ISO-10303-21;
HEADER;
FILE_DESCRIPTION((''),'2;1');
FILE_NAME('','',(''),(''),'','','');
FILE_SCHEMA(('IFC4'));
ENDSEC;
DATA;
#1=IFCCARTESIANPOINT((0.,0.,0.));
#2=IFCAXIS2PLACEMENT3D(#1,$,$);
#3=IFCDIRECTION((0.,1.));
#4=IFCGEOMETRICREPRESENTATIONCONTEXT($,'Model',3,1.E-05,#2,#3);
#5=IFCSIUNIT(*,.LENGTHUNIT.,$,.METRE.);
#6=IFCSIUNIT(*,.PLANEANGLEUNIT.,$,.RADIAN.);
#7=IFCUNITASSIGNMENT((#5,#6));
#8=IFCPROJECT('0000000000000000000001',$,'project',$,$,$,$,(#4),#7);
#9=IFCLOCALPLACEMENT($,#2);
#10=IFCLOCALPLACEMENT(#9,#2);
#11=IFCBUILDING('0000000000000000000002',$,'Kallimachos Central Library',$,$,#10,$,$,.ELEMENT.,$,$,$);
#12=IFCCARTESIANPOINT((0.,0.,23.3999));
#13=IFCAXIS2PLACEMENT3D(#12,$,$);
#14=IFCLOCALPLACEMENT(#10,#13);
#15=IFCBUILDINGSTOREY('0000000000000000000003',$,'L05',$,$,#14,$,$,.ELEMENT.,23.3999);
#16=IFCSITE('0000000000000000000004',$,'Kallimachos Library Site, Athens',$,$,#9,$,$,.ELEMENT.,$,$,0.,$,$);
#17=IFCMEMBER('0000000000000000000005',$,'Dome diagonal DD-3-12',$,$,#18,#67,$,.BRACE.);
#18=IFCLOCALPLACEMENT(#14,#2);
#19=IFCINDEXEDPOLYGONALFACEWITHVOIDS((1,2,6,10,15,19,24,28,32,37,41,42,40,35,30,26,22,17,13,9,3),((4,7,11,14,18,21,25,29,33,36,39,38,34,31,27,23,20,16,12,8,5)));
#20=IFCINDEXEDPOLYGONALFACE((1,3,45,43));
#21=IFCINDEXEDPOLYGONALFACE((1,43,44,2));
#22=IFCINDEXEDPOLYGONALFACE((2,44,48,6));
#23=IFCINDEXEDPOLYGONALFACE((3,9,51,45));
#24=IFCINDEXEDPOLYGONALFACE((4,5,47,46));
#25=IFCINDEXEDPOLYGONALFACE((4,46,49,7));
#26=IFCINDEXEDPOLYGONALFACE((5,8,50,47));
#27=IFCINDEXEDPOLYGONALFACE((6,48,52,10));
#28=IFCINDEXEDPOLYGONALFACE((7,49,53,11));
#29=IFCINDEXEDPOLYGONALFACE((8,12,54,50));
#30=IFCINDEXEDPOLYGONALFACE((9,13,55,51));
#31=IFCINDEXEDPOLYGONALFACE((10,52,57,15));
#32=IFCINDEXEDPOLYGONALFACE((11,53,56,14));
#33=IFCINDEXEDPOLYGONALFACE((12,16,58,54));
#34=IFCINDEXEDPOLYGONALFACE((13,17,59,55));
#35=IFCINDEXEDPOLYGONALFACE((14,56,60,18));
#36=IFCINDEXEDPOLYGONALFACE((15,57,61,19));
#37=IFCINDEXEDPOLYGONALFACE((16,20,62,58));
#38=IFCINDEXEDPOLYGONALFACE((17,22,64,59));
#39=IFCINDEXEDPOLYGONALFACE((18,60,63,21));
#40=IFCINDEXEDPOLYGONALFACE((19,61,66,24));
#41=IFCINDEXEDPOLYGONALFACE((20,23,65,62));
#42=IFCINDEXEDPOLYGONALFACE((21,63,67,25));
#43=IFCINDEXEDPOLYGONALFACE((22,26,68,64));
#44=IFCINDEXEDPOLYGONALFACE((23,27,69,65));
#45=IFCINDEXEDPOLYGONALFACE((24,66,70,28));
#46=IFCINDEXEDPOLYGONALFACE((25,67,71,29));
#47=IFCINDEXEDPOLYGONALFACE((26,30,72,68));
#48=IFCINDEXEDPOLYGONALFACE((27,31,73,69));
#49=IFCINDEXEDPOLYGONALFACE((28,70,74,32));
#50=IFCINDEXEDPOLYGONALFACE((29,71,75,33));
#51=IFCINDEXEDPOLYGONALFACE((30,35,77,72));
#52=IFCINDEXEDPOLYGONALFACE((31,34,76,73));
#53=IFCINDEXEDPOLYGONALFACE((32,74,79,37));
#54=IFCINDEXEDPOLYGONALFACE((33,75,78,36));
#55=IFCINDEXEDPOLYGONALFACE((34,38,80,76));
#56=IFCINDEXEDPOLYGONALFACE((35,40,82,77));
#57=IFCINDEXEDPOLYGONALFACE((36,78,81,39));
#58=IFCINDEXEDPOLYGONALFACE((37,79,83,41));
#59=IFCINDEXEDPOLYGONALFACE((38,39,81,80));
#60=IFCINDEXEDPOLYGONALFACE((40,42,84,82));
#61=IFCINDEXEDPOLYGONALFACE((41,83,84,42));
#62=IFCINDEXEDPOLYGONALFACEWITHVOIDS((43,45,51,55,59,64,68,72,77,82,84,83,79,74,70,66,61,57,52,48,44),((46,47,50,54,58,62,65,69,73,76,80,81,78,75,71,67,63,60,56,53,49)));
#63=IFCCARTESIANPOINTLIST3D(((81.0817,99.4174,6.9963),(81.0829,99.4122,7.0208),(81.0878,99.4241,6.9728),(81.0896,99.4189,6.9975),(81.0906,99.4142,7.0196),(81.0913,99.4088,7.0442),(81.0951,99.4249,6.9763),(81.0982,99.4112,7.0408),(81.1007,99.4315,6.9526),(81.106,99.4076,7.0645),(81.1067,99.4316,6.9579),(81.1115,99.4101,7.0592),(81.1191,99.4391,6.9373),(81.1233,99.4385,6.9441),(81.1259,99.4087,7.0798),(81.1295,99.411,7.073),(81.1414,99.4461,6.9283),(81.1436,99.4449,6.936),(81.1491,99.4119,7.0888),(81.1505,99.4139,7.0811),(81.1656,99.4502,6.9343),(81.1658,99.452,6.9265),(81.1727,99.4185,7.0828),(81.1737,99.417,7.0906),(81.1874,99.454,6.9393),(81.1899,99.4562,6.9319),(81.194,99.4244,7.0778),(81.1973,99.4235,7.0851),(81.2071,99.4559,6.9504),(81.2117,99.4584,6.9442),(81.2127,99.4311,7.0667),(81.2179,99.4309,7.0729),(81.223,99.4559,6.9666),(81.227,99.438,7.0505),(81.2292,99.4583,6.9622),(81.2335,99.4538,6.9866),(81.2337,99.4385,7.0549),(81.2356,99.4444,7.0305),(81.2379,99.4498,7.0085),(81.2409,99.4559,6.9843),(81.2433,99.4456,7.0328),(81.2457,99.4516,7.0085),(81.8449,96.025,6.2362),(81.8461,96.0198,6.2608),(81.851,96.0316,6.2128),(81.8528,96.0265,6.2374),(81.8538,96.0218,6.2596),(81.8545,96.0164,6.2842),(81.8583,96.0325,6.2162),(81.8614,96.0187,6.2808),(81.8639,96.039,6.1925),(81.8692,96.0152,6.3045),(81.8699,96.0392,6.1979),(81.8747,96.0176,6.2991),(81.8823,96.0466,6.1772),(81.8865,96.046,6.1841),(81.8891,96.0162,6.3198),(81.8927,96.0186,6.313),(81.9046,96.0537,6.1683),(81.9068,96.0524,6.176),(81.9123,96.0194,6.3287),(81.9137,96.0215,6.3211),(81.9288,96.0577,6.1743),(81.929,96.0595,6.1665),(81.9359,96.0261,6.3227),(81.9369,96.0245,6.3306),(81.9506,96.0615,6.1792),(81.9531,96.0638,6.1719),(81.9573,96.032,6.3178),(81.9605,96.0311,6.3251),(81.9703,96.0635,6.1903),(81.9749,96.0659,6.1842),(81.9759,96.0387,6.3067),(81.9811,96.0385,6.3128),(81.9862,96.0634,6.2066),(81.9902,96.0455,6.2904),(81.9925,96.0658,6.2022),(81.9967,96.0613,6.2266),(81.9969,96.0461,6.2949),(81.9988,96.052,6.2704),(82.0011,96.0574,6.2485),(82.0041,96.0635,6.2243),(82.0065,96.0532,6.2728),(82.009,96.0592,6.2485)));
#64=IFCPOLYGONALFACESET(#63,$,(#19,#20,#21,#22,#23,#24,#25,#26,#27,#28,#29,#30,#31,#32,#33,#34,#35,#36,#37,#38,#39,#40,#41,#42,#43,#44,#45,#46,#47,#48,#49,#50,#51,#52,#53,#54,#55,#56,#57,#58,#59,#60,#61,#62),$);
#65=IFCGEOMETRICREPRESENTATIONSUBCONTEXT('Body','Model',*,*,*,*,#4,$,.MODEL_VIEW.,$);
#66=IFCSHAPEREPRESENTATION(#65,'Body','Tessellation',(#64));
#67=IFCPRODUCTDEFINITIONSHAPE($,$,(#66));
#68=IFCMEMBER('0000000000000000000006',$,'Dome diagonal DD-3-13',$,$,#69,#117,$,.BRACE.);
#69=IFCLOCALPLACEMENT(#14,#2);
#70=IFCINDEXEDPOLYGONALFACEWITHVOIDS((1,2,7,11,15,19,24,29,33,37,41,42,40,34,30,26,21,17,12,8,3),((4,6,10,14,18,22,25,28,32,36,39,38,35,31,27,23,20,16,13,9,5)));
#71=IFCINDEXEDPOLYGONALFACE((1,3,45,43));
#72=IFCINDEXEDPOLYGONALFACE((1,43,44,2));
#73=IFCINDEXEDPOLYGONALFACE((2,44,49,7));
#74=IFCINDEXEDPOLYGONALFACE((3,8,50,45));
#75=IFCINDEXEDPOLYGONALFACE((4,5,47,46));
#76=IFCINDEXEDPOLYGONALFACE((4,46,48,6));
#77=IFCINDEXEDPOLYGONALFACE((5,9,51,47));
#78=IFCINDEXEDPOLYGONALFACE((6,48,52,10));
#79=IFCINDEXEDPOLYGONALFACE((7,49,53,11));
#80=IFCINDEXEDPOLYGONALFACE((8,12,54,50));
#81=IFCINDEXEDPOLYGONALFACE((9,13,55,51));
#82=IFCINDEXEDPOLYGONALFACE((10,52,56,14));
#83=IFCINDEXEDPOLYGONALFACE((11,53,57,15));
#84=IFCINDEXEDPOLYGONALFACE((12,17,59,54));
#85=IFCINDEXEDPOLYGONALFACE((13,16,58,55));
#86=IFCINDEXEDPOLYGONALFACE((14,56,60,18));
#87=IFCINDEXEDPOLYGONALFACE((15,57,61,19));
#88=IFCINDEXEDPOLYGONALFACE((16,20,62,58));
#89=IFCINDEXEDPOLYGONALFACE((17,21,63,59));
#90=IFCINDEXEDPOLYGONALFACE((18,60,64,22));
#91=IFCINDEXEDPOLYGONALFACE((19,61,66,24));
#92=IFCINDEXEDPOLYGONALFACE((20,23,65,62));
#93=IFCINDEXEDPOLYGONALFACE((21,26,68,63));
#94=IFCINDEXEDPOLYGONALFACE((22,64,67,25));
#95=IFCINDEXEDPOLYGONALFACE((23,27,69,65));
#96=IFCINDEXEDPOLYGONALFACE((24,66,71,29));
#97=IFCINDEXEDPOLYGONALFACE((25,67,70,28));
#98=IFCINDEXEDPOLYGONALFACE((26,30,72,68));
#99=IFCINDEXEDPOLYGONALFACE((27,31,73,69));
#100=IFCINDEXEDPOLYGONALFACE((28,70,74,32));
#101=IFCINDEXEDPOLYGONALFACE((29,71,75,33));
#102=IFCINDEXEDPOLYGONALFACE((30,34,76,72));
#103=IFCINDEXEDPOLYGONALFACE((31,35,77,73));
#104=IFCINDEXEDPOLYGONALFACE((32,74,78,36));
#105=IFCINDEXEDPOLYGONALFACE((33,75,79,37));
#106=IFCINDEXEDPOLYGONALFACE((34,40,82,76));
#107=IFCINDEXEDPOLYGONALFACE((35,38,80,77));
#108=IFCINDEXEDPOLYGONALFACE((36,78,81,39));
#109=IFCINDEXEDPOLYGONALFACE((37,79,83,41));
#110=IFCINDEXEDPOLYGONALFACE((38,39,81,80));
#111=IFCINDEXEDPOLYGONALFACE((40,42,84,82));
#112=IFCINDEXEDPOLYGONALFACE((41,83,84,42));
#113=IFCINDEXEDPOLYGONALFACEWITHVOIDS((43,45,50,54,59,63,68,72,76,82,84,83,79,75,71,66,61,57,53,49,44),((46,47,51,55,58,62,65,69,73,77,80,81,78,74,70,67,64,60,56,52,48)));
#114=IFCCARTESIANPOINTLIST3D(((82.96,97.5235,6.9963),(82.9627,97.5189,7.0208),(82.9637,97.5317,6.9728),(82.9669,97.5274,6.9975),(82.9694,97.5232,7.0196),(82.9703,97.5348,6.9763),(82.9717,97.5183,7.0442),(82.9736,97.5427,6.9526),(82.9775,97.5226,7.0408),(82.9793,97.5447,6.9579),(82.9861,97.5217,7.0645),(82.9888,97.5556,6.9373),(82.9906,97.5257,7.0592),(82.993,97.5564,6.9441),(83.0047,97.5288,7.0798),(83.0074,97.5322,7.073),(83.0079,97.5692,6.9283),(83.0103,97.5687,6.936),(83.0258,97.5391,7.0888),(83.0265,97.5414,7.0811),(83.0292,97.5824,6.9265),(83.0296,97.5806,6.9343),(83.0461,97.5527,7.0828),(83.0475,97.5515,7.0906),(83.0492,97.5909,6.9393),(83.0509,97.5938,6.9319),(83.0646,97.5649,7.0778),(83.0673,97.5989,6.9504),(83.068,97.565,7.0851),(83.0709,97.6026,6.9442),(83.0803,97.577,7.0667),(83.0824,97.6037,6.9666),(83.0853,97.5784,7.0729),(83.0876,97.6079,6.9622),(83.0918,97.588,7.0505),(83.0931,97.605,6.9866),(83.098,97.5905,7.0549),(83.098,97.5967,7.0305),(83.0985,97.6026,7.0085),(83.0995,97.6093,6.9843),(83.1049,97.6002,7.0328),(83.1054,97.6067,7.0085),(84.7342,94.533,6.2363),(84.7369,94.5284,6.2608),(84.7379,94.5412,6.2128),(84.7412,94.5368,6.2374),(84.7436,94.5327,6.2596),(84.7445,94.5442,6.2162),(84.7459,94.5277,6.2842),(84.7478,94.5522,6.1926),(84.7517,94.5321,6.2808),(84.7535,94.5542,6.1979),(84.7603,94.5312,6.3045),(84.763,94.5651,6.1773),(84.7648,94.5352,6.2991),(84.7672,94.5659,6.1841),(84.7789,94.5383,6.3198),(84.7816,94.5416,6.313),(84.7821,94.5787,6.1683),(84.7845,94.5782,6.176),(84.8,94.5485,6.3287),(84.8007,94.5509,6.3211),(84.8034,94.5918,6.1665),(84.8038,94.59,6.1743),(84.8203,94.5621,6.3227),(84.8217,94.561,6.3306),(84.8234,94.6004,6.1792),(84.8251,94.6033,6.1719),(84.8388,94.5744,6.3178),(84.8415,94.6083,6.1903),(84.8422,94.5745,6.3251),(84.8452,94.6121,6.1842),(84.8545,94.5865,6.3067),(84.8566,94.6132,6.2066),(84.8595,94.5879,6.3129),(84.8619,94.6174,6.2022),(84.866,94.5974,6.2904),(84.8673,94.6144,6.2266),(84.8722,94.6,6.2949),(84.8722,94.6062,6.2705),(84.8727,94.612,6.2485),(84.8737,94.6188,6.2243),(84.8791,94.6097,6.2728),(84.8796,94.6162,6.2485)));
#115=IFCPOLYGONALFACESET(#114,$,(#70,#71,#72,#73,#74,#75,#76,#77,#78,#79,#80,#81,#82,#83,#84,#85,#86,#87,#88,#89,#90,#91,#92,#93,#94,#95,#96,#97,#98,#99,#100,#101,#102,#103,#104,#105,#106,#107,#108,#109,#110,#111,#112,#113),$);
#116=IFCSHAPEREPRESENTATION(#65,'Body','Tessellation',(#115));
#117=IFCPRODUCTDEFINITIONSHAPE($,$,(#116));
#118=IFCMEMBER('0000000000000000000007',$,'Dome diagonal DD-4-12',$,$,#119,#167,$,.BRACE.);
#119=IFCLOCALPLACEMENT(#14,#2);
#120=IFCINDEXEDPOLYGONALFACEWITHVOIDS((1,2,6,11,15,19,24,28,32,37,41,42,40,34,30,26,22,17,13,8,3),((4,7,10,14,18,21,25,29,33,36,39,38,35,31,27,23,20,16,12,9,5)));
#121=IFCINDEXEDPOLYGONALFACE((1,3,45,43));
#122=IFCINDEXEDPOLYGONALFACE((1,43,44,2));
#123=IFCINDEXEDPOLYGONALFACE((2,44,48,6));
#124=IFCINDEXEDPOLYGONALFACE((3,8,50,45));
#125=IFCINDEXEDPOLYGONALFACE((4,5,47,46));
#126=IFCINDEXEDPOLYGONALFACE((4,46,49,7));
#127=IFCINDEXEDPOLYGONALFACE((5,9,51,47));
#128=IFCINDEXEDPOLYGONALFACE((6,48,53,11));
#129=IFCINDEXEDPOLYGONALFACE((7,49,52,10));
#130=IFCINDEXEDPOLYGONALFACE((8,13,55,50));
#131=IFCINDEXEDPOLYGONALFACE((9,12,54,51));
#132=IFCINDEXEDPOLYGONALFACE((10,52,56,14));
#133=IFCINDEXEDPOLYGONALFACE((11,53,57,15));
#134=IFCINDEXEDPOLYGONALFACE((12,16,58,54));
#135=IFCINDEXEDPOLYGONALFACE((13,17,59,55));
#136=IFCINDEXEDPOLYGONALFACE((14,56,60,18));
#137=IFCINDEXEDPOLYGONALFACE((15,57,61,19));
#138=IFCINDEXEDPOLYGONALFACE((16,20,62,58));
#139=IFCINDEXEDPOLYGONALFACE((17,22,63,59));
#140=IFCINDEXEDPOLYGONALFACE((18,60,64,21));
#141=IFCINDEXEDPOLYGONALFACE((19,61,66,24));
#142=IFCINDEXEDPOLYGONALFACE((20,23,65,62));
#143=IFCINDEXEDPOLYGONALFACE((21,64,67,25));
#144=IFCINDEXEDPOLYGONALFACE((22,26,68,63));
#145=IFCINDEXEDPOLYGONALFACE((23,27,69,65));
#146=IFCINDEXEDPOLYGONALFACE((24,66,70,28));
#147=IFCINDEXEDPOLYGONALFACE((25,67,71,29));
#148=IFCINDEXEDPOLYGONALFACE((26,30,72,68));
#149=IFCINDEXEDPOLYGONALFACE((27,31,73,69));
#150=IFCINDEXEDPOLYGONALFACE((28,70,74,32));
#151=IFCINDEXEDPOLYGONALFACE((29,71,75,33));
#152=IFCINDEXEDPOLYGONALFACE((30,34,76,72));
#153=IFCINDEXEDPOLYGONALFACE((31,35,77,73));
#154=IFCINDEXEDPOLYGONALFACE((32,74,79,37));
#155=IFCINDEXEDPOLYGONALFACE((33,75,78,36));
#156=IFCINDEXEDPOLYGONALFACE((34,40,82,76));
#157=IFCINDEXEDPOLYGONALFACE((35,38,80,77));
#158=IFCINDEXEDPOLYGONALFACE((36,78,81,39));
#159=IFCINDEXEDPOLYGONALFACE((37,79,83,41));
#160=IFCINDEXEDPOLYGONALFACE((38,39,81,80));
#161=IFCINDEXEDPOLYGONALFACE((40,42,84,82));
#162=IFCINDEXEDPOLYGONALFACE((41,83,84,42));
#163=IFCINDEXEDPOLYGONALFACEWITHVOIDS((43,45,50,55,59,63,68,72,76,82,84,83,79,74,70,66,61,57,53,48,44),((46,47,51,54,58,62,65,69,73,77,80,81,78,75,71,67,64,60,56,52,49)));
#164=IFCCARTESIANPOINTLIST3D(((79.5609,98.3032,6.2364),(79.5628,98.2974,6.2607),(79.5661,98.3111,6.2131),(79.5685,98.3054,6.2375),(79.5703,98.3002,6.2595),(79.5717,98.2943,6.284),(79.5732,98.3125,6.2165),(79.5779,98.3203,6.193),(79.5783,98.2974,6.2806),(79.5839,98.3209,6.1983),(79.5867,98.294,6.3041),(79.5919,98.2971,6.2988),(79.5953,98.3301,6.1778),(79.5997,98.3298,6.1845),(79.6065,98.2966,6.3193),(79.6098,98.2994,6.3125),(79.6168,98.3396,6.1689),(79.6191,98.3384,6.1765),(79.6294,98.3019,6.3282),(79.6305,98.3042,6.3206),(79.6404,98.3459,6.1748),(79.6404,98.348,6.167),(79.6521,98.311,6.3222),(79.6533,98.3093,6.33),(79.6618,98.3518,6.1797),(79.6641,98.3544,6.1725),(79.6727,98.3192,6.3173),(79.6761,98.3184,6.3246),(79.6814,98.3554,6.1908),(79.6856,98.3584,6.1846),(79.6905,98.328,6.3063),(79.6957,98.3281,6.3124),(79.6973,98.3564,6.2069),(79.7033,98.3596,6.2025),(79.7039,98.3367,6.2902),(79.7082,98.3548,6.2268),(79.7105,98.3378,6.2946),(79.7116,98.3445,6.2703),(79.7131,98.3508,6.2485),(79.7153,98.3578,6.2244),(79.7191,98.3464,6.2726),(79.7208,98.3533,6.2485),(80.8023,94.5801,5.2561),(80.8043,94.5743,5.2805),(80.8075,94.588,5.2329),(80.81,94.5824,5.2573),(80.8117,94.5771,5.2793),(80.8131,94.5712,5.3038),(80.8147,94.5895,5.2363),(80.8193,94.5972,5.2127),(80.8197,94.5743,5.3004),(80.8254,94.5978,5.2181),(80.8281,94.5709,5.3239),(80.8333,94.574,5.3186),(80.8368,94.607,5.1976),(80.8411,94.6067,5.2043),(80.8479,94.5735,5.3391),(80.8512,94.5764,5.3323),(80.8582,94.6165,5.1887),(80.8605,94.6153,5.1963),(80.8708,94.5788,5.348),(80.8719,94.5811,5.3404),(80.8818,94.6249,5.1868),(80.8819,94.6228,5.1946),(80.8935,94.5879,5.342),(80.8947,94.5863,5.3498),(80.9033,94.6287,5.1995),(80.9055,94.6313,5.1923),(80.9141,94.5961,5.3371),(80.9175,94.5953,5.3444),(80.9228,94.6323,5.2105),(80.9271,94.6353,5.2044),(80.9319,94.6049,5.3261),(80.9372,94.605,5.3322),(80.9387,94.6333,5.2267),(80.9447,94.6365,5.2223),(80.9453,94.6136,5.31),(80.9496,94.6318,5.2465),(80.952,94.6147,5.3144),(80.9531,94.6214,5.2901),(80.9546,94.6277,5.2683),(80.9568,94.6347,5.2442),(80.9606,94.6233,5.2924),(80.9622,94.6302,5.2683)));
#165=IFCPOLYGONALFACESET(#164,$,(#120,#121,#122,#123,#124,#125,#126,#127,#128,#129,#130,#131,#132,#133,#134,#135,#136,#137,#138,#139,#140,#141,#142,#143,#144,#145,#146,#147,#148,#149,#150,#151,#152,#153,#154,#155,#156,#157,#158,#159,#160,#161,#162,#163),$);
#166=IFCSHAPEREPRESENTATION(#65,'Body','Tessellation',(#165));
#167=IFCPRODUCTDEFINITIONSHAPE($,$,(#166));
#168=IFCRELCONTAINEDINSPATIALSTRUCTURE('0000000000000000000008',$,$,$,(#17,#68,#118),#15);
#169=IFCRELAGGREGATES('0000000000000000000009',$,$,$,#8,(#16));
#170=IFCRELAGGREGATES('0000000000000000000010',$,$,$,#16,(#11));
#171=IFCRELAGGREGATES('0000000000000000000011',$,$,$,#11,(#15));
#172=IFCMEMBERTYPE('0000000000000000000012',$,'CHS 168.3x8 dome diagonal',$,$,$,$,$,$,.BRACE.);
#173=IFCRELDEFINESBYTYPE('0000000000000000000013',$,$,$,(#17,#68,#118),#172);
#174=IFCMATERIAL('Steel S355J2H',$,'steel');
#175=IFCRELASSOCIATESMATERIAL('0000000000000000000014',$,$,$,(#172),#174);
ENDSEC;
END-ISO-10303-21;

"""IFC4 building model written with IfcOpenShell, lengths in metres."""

from ifc_helpers import new_model, si_unit, direction, frame, origin, origin_2d, place, context, subcontext, project, spatial, hollow_circle, extrude, material, material_profile, profile_set, type_object, element, save


model = new_model("IFC4")

# Units and contexts
model_context = context("Model", 3, precision=1e-05, world=origin(), true_north=direction((0.0, 1.0)))
body_context = subcontext(model_context, "Body", "Model", "MODEL_VIEW")
ifc_project = project(units=[si_unit("LENGTHUNIT", "METRE"), si_unit("PLANEANGLEUNIT", "RADIAN")], contexts=[model_context])

# Site, building, storey
site_placement = place(None, origin())
site = spatial("IfcSite", under=ifc_project, at=site_placement, Name="Kallimachos Library Site, Athens", CompositionType="ELEMENT", RefElevation=0.0)
building_placement = place(site_placement, origin())
building = spatial("IfcBuilding", under=site, at=building_placement, Name="Kallimachos Central Library", CompositionType="ELEMENT")
storey_placement = place(building_placement, frame((0.0, 0.0, 23.3999)))
storey = spatial("IfcBuildingStorey", under=building, at=storey_placement, Name="L05", CompositionType="ELEMENT", Elevation=23.3999)

# Members
ifc_material_1 = material(Name="Steel S355J2H", Category="steel")
ifc_material_profile_1 = material_profile(ifc_material_1, hollow_circle(Radius=0.0842, WallThickness=0.0081, at=origin_2d()), Name="CHS 168.3x8")
ifc_profile_set_1 = profile_set([ifc_material_profile_1], Name="Steel S355J2H")
member_type_1 = type_object("IfcMemberType", Name="CHS 168.3x8 dome diagonal", PredefinedType="BRACE", material=ifc_profile_set_1)
for number, where, z_axis, x_axis, name in (
    (1, (81.1636, 99.4331, 7.0085), (0.214425, -0.953114, -0.213533), (0.975615, 0.219487, 0.0), "Dome diagonal DD-3-12"),
    (2, (83.033, 97.5637, 7.0085), (0.498467, -0.840199, -0.213531), (0.860035, 0.510235, 0.0), "Dome diagonal DD-3-13"),
):
    element("IfcMember", number, at=place(storey_placement, frame(where, z_axis=z_axis, x_axis=x_axis)), inside=storey, type_object=member_type_1, Name=name, PredefinedType="BRACE", context=body_context, shape_type="SweptSolid", body=[
        extrude(hollow_circle(Radius=0.0842, WallThickness=0.0081, at=origin_2d()), origin(), (0.0, 0.0, 1.0), 3.5593),
    ])
for number, where, z_axis, x_axis, name in (
    (3, (79.6409, 98.3267, 6.2485), (0.306894, -0.92038, -0.242316), (0.948652, 0.316321, 0.0), "Dome diagonal DD-4-12"),
):
    element("IfcMember", number, at=place(storey_placement, frame(where, z_axis=z_axis, x_axis=x_axis)), inside=storey, type_object=member_type_1, Name=name, PredefinedType="BRACE", context=body_context, shape_type="SweptSolid", body=[
        extrude(hollow_circle(Radius=0.0842, WallThickness=0.0081, at=origin_2d()), origin(), (0.0, 0.0, 1.0), 4.0452),
    ])

save(model, "model.ifc")
